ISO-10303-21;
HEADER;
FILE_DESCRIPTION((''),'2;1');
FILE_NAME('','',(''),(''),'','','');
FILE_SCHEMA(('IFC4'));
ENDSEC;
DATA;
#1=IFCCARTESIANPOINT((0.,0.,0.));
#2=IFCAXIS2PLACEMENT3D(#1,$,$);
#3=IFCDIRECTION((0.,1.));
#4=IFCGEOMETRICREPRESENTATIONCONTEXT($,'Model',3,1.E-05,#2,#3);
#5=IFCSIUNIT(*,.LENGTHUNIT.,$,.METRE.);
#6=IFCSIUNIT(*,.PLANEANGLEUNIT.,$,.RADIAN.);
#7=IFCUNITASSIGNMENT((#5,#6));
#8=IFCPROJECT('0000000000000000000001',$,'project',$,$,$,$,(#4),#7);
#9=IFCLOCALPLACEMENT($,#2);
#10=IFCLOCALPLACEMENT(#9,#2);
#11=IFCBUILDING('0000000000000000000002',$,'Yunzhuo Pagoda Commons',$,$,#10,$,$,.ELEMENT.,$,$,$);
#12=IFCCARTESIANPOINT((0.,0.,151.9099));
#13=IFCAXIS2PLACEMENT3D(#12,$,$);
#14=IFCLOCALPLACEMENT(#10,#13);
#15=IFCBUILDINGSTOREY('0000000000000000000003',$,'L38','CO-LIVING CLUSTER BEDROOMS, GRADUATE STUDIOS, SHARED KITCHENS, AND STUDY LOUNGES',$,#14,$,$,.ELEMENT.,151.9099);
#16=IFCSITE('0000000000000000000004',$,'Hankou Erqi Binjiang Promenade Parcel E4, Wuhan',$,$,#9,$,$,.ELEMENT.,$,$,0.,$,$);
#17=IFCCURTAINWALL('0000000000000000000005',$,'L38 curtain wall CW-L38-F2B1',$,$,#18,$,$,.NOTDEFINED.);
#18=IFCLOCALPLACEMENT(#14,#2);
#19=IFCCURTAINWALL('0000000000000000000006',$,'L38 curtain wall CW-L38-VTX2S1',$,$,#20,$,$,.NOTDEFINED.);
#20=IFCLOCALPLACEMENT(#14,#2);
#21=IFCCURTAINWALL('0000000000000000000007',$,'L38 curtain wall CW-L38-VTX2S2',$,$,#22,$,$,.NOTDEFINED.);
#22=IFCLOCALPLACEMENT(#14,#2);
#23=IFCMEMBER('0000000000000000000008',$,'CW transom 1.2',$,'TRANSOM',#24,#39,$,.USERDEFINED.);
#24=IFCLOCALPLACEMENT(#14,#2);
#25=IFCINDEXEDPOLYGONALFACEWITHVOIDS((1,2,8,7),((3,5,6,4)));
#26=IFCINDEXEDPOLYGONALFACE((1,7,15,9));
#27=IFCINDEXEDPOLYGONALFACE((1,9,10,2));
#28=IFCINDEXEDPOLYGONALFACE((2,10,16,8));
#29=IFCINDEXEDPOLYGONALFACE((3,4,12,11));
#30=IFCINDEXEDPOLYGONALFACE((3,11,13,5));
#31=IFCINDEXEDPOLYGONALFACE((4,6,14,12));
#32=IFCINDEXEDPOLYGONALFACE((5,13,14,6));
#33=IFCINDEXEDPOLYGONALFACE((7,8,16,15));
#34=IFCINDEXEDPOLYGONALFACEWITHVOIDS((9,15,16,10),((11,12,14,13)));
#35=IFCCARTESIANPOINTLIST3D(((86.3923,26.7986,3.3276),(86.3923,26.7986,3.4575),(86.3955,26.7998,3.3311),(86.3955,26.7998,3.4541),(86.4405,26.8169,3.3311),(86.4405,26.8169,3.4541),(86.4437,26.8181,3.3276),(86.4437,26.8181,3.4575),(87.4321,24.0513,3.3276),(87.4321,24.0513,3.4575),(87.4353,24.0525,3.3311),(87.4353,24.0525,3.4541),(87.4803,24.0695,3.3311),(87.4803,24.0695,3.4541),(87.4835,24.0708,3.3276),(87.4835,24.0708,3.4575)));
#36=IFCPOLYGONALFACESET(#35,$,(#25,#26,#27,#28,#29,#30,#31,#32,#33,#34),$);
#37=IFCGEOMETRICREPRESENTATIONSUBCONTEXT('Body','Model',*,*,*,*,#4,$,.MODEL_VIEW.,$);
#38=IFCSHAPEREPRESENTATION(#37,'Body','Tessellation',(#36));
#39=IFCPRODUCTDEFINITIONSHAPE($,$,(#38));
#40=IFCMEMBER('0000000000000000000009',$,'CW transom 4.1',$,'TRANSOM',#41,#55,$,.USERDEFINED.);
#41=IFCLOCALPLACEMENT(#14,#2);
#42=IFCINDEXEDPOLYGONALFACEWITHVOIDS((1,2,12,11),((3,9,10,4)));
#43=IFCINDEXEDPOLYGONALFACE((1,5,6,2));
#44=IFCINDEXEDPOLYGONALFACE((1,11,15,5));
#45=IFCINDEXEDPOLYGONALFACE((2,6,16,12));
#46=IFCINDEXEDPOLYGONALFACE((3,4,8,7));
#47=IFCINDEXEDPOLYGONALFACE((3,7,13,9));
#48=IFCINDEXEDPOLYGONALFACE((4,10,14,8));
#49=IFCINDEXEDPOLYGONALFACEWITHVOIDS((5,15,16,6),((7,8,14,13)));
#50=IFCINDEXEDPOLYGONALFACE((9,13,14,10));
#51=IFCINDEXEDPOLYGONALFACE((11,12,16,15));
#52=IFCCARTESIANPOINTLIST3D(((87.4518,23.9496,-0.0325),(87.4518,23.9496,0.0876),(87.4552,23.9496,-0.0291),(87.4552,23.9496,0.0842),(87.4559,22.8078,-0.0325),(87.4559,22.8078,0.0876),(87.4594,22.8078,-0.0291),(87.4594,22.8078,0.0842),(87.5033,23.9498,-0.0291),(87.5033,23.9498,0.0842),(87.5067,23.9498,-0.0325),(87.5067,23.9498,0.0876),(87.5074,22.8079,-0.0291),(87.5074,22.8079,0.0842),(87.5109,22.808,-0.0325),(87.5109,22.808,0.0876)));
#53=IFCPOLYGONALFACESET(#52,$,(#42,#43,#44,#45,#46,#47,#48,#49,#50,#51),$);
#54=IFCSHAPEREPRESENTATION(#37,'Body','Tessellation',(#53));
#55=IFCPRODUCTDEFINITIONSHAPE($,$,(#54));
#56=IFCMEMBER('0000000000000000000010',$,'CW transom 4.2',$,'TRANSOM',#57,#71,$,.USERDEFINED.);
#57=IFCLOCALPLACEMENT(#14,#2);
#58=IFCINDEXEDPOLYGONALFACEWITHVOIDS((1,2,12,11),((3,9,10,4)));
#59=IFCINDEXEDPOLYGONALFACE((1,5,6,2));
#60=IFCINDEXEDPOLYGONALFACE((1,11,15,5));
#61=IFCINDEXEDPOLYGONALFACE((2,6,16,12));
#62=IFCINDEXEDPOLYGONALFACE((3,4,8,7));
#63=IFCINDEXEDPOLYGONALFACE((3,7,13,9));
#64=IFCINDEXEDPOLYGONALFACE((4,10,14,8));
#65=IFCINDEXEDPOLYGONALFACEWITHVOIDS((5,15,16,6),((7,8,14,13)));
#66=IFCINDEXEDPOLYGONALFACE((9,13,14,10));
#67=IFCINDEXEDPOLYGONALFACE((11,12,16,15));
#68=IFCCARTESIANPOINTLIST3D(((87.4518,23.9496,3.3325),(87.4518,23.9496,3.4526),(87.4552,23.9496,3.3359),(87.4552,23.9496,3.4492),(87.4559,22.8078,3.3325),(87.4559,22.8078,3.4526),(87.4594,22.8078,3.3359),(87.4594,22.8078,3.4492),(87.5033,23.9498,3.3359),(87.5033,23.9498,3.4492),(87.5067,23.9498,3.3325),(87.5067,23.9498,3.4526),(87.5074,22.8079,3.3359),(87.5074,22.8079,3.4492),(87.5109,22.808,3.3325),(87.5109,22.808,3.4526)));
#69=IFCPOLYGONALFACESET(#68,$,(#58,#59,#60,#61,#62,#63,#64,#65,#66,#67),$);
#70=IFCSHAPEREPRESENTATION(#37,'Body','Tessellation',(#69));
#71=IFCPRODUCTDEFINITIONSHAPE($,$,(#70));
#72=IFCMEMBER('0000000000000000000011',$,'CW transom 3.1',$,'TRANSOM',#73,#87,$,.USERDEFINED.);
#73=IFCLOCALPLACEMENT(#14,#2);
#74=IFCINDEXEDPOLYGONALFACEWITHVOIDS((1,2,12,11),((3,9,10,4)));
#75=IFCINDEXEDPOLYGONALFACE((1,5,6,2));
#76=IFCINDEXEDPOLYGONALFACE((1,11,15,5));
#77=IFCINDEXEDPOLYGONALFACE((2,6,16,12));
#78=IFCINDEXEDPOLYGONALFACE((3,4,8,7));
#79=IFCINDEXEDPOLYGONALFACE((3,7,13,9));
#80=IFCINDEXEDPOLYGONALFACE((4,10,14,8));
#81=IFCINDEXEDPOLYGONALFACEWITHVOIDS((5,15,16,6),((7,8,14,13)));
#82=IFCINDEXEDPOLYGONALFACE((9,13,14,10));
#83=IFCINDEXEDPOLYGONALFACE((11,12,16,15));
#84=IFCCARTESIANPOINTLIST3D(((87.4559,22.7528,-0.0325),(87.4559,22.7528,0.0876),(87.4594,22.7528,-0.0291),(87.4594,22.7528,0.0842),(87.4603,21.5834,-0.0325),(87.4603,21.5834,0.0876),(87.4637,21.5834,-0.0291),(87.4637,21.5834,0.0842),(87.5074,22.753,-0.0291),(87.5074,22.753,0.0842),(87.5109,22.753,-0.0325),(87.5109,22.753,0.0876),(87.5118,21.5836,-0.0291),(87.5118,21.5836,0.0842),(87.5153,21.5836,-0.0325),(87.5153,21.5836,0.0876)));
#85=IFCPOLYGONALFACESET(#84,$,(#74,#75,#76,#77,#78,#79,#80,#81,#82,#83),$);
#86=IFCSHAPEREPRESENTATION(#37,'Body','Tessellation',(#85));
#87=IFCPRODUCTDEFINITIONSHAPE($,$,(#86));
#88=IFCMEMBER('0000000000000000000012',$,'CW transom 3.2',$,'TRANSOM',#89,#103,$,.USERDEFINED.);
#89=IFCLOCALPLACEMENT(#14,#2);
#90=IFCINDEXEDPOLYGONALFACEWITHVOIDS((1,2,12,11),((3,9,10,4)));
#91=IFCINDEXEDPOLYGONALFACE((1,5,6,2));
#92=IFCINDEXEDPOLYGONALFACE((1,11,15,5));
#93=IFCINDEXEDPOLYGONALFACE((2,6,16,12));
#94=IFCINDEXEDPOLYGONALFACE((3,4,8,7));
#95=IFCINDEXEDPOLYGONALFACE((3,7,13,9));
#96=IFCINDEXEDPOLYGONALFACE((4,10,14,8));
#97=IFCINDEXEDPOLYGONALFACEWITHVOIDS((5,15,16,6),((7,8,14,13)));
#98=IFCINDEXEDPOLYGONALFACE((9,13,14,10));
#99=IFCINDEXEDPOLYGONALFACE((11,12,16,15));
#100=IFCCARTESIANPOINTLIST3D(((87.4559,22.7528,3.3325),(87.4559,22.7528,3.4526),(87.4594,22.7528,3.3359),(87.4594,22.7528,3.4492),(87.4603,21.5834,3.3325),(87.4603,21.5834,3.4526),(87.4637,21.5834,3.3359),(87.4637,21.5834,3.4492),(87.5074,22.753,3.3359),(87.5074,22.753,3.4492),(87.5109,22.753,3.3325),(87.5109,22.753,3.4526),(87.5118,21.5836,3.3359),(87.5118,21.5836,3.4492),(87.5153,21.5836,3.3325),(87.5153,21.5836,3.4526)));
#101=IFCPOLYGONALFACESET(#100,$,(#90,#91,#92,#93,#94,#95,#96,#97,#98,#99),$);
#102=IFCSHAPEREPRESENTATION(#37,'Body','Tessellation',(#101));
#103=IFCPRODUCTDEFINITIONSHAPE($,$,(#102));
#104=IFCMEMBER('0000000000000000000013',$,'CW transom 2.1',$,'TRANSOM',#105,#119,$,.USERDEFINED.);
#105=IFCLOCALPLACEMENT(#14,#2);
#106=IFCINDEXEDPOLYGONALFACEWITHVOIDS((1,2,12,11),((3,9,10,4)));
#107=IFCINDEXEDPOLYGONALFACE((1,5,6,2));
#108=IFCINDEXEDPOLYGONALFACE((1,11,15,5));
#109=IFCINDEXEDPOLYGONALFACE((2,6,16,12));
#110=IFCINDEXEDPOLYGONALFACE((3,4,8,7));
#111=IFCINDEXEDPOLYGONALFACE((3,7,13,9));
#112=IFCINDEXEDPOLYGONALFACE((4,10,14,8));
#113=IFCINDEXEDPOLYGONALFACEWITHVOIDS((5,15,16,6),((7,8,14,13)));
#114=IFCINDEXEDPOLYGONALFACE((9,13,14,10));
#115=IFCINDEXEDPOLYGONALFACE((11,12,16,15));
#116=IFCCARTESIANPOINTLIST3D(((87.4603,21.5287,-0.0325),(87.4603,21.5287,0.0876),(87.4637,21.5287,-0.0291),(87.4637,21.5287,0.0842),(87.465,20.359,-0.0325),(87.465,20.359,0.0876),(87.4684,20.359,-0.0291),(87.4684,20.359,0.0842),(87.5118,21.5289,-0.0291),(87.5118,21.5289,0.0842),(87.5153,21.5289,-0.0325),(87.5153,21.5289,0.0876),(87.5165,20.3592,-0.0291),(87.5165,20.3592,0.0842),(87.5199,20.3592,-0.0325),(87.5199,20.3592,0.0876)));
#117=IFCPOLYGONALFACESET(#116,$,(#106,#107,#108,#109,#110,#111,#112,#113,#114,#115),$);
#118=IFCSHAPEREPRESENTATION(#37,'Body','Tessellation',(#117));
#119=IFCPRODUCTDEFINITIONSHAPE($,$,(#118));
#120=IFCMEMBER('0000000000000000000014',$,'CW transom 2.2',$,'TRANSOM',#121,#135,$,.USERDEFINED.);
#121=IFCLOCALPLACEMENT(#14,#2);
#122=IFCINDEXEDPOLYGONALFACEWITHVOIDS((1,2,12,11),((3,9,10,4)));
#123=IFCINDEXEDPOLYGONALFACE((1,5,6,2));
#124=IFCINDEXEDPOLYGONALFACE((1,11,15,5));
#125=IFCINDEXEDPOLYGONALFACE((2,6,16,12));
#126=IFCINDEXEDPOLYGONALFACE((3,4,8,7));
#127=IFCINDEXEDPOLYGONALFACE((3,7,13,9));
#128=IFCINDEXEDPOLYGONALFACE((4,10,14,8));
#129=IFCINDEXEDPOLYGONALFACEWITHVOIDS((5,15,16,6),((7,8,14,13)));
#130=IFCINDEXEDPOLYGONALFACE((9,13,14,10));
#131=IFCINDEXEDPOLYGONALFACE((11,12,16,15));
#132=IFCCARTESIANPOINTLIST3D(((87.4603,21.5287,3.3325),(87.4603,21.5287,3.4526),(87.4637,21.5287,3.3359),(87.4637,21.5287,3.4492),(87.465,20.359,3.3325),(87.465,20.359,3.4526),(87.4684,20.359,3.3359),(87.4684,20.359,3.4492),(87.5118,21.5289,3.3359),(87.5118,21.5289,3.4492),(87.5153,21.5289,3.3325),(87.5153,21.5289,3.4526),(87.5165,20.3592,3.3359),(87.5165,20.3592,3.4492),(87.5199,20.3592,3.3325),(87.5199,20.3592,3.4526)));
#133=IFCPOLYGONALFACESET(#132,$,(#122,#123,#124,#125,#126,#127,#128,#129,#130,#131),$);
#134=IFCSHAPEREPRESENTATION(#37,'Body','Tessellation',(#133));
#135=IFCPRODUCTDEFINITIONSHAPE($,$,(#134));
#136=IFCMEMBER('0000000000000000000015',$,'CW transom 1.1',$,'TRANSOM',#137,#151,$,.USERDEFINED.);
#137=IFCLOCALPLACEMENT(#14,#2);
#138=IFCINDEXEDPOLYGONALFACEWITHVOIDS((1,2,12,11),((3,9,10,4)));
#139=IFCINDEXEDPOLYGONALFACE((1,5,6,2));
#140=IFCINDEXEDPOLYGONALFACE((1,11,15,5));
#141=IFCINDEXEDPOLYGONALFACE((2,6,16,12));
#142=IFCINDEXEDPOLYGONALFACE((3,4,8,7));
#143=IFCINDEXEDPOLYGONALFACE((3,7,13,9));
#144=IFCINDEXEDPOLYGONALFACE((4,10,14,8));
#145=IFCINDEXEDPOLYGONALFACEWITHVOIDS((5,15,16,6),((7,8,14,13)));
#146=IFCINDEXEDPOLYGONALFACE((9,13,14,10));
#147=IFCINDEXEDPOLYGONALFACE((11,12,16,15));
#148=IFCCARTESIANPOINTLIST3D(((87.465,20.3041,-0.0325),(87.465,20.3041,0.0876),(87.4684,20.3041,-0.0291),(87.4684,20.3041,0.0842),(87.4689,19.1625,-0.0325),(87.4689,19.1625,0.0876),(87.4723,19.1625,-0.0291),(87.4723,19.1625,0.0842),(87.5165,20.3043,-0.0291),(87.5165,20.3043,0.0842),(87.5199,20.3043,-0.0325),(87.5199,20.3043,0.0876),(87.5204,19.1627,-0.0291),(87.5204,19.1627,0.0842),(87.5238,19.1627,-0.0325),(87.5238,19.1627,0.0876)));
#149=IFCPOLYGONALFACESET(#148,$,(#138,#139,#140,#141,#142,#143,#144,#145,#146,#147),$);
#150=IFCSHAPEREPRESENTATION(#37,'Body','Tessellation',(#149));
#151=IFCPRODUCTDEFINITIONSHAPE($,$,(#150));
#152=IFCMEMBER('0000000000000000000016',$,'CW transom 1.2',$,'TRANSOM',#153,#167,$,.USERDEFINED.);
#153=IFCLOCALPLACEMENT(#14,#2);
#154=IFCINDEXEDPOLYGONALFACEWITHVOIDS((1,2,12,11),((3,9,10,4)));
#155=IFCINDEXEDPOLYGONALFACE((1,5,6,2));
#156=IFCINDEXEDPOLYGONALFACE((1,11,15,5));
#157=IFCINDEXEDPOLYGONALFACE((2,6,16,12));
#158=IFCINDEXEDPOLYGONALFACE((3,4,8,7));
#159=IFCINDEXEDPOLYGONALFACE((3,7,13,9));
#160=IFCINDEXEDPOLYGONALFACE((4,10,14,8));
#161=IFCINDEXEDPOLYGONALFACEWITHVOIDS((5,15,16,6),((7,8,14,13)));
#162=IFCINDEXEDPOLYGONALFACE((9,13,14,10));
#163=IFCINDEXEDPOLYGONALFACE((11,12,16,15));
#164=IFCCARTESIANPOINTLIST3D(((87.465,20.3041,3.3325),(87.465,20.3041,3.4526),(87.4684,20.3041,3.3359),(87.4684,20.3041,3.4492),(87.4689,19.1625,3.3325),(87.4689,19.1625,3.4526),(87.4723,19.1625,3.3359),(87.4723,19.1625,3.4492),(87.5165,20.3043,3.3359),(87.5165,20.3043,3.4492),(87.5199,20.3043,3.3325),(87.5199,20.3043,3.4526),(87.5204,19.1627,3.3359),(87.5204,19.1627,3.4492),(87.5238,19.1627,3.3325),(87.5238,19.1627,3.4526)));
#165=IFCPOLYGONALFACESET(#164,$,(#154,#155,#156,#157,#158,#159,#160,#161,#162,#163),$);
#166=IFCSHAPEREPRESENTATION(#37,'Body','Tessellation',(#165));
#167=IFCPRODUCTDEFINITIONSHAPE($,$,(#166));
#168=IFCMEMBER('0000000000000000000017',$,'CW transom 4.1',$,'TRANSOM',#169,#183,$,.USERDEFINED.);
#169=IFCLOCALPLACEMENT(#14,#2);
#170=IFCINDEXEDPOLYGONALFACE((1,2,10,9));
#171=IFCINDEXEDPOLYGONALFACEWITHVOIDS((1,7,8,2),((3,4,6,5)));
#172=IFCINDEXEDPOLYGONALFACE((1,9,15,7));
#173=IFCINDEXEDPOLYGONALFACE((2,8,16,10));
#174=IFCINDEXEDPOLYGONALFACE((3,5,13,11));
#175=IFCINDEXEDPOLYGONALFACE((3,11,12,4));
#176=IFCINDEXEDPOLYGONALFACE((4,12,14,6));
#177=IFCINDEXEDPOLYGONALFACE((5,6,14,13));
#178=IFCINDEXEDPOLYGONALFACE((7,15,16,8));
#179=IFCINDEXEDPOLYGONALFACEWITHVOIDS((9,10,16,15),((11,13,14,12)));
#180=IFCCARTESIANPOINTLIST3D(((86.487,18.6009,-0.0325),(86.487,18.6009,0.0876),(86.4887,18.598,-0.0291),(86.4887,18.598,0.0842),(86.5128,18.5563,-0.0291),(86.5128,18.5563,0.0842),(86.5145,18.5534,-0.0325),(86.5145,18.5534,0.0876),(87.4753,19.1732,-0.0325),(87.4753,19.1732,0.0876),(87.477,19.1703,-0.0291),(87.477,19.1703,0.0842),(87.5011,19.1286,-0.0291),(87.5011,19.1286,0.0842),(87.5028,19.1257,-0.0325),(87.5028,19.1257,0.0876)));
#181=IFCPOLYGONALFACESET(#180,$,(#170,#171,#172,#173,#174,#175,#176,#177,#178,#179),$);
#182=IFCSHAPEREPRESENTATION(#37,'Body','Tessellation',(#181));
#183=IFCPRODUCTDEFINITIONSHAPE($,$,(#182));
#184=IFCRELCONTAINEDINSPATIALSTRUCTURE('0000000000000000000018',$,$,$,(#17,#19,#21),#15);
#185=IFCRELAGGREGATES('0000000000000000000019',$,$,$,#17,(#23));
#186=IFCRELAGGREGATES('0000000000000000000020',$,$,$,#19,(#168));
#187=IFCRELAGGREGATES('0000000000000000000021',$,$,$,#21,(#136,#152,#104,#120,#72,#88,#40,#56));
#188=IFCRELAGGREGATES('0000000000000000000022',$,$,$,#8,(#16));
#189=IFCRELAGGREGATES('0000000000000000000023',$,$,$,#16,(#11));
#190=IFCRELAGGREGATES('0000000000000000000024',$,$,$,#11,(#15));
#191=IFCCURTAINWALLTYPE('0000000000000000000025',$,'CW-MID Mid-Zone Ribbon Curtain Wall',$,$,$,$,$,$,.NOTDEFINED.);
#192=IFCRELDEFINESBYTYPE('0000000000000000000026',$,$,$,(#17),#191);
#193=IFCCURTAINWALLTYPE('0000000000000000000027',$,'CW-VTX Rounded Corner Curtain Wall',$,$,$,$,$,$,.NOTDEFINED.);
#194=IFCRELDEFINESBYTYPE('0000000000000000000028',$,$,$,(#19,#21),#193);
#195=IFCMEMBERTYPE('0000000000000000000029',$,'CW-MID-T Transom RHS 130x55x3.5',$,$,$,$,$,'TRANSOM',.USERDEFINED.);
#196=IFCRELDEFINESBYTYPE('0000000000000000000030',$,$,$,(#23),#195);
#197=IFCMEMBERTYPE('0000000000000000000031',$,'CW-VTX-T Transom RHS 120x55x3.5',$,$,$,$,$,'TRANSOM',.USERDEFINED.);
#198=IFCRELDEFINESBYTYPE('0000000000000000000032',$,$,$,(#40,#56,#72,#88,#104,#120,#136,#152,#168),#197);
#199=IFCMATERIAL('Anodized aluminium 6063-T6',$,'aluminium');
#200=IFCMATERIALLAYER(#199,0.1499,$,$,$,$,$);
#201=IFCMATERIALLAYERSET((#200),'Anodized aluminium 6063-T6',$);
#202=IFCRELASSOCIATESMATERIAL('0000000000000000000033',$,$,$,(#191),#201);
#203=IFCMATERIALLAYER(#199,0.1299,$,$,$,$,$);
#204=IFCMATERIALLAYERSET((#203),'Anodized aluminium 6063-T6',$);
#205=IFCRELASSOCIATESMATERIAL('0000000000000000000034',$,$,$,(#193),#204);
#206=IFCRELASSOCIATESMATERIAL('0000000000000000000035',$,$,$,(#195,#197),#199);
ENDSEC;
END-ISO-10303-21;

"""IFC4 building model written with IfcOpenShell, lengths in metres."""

from ifc_helpers import new_model, si_unit, direction, frame, origin, origin_2d, place, context, subcontext, project, spatial, hollow_rectangle, extrude, source, transform, mapped, material, layer, layer_set, material_profile, profile_set, type_object, element, aggregate, save


model = new_model("IFC4")

# Units and contexts
model_context = context("Model", 3, precision=1e-05, world=origin(), true_north=direction((0.0, 1.0)))
body_context = subcontext(model_context, "Body", "Model", "MODEL_VIEW")
ifc_project = project(units=[si_unit("LENGTHUNIT", "METRE"), si_unit("PLANEANGLEUNIT", "RADIAN")], contexts=[model_context])

# Site, building, storey
site_placement = place(None, origin())
site = spatial("IfcSite", under=ifc_project, at=site_placement, Name="Hankou Erqi Binjiang Promenade Parcel E4, Wuhan", CompositionType="ELEMENT", RefElevation=0.0)
building_placement = place(site_placement, origin())
building = spatial("IfcBuilding", under=site, at=building_placement, Name="Yunzhuo Pagoda Commons", CompositionType="ELEMENT")
storey_placement = place(building_placement, frame((0.0, 0.0, 151.9099)))
storey = spatial("IfcBuildingStorey", under=building, at=storey_placement, Name="L38", Description="CO-LIVING CLUSTER BEDROOMS, GRADUATE STUDIOS, SHARED KITCHENS, AND STUDY LOUNGES", CompositionType="ELEMENT", Elevation=151.9099)

# Shared definitions
ifc_material_1 = material(Name="Anodized aluminium 6063-T6", Category="aluminium")
ifc_layer_1 = layer(ifc_material_1, 0.1499)
ifc_layer_set_1 = layer_set([ifc_layer_1], Name="Anodized aluminium 6063-T6")
curtain_wall_type_1 = type_object("IfcCurtainWallType", Name="CW-MID Mid-Zone Ribbon Curtain Wall", PredefinedType="NOTDEFINED", material=ifc_layer_set_1)

# Curtain wall
curtain_wall_1_placement = place(storey_placement, origin())
curtain_wall_1 = element("IfcCurtainWall", 1, at=curtain_wall_1_placement, inside=storey, type_object=curtain_wall_type_1, Name="L38 curtain wall CW-L38-F2B1", PredefinedType="NOTDEFINED")

# Curtain wall
ifc_layer_2 = layer(ifc_material_1, 0.1299)
ifc_layer_set_2 = layer_set([ifc_layer_2], Name="Anodized aluminium 6063-T6")
curtain_wall_type_2 = type_object("IfcCurtainWallType", Name="CW-VTX Rounded Corner Curtain Wall", PredefinedType="NOTDEFINED", material=ifc_layer_set_2)
curtain_wall_2_placement = place(storey_placement, origin())
curtain_wall_2 = element("IfcCurtainWall", 2, at=curtain_wall_2_placement, inside=storey, type_object=curtain_wall_type_2, Name="L38 curtain wall CW-L38-VTX2S1", PredefinedType="NOTDEFINED")

# Curtain wall
curtain_wall_3_placement = place(storey_placement, origin())
curtain_wall_3 = element("IfcCurtainWall", 3, at=curtain_wall_3_placement, inside=storey, type_object=curtain_wall_type_2, Name="L38 curtain wall CW-L38-VTX2S2", PredefinedType="NOTDEFINED")

# Members
ifc_material_profile_1 = material_profile(ifc_material_1, hollow_rectangle(XDim=0.0549, YDim=0.1299, WallThickness=0.0034, at=origin_2d()), Name="Anodized aluminium 6063-T6")
ifc_profile_set_1 = profile_set([ifc_material_profile_1], Name="Anodized aluminium 6063-T6")
member_type_1 = type_object("IfcMemberType", Name="CW-MID-T Transom RHS 130x55x3.5", ElementType="TRANSOM", PredefinedType="USERDEFINED", material=ifc_profile_set_1)
shared_shape_1 = source(origin(), body_context, "Body", "SweptSolid", [
    extrude(hollow_rectangle(XDim=0.0549, YDim=0.1299, WallThickness=0.0034, at=origin_2d()), origin(), (0.0, 0.0, 1.0), 2.9375),
])
member_1_placement = place(storey_placement, frame((87.4578, 24.061, 3.3926), z_axis=(-0.353973, 0.935256, 0.0), x_axis=(-0.935256, -0.353973, 0.0)))
member_1 = element("IfcMember", 4, at=member_1_placement, type_object=member_type_1, Name="CW transom 1.2", ObjectType="TRANSOM", PredefinedType="USERDEFINED", context=body_context, shape_type="MappedRepresentation", body=[
    mapped(shared_shape_1, transform((0.0, 0.0, 0.0), scale=1.0)),
])
ifc_material_profile_2 = material_profile(ifc_material_1, hollow_rectangle(XDim=0.0549, YDim=0.1201, WallThickness=0.0034, at=origin_2d()), Name="Anodized aluminium 6063-T6")
ifc_profile_set_2 = profile_set([ifc_material_profile_2], Name="Anodized aluminium 6063-T6")
member_type_2 = type_object("IfcMemberType", Name="CW-VTX-T Transom RHS 120x55x3.5", ElementType="TRANSOM", PredefinedType="USERDEFINED", material=ifc_profile_set_2)
shared_shape_2 = source(origin(), body_context, "Body", "SweptSolid", [
    extrude(hollow_rectangle(XDim=0.0549, YDim=0.1201, WallThickness=0.0034, at=origin_2d()), origin(), (0.0, 0.0, 1.0), 1.1418),
])
member_2_placement = place(storey_placement, frame((87.4834, 22.8079, 0.0276), z_axis=(-0.003635, 0.999993, 0.0), x_axis=(-0.999993, -0.003635, 0.0)))
member_2 = element("IfcMember", 5, at=member_2_placement, type_object=member_type_2, Name="CW transom 4.1", ObjectType="TRANSOM", PredefinedType="USERDEFINED", context=body_context, shape_type="MappedRepresentation", body=[
    mapped(shared_shape_2, transform((0.0, 0.0, 0.0), scale=1.0)),
])
member_3_placement = place(storey_placement, frame((87.4834, 22.8079, 3.3926), z_axis=(-0.003635, 0.999993, 0.0), x_axis=(-0.999993, -0.003635, 0.0)))
member_3 = element("IfcMember", 6, at=member_3_placement, type_object=member_type_2, Name="CW transom 4.2", ObjectType="TRANSOM", PredefinedType="USERDEFINED", context=body_context, shape_type="MappedRepresentation", body=[
    mapped(shared_shape_2, transform((0.0, 0.0, 0.0), scale=1.0)),
])
shared_shape_3 = source(origin(), body_context, "Body", "SweptSolid", [
    extrude(hollow_rectangle(XDim=0.0549, YDim=0.1201, WallThickness=0.0034, at=origin_2d()), origin(), (0.0, 0.0, 1.0), 1.1694),
])
member_4_placement = place(storey_placement, frame((87.4878, 21.5835, 0.0276), z_axis=(-0.003758, 0.999993, 0.0), x_axis=(-0.999993, -0.003758, 0.0)))
member_4 = element("IfcMember", 7, at=member_4_placement, type_object=member_type_2, Name="CW transom 3.1", ObjectType="TRANSOM", PredefinedType="USERDEFINED", context=body_context, shape_type="MappedRepresentation", body=[
    mapped(shared_shape_3, transform((0.0, 0.0, 0.0), scale=1.0)),
])
member_5_placement = place(storey_placement, frame((87.4878, 21.5835, 3.3926), z_axis=(-0.003758, 0.999993, 0.0), x_axis=(-0.999993, -0.003758, 0.0)))
member_5 = element("IfcMember", 8, at=member_5_placement, type_object=member_type_2, Name="CW transom 3.2", ObjectType="TRANSOM", PredefinedType="USERDEFINED", context=body_context, shape_type="MappedRepresentation", body=[
    mapped(shared_shape_3, transform((0.0, 0.0, 0.0), scale=1.0)),
])
shared_shape_4 = source(origin(), body_context, "Body", "SweptSolid", [
    extrude(hollow_rectangle(XDim=0.0549, YDim=0.1201, WallThickness=0.0034, at=origin_2d()), origin(), (0.0, 0.0, 1.0), 1.1697),
])
member_6_placement = place(storey_placement, frame((87.4924, 20.3591, 0.0276), z_axis=(-0.003966, 0.999992, 0.0), x_axis=(-0.999992, -0.003966, 0.0)))
member_6 = element("IfcMember", 9, at=member_6_placement, type_object=member_type_2, Name="CW transom 2.1", ObjectType="TRANSOM", PredefinedType="USERDEFINED", context=body_context, shape_type="MappedRepresentation", body=[
    mapped(shared_shape_4, transform((0.0, 0.0, 0.0), scale=1.0)),
])
member_7_placement = place(storey_placement, frame((87.4924, 20.3591, 3.3926), z_axis=(-0.003966, 0.999992, 0.0), x_axis=(-0.999992, -0.003966, 0.0)))
member_7 = element("IfcMember", 10, at=member_7_placement, type_object=member_type_2, Name="CW transom 2.2", ObjectType="TRANSOM", PredefinedType="USERDEFINED", context=body_context, shape_type="MappedRepresentation", body=[
    mapped(shared_shape_4, transform((0.0, 0.0, 0.0), scale=1.0)),
])
shared_shape_5 = source(origin(), body_context, "Body", "SweptSolid", [
    extrude(hollow_rectangle(XDim=0.0549, YDim=0.1201, WallThickness=0.0034, at=origin_2d()), origin(), (0.0, 0.0, 1.0), 1.1416),
])
member_8_placement = place(storey_placement, frame((87.4963, 19.1626, 0.0276), z_axis=(-0.003422, 0.999994, 0.0), x_axis=(-0.999994, -0.003422, 0.0)))
member_8 = element("IfcMember", 11, at=member_8_placement, type_object=member_type_2, Name="CW transom 1.1", ObjectType="TRANSOM", PredefinedType="USERDEFINED", context=body_context, shape_type="MappedRepresentation", body=[
    mapped(shared_shape_5, transform((0.0, 0.0, 0.0), scale=1.0)),
])
member_9_placement = place(storey_placement, frame((87.4963, 19.1626, 3.3926), z_axis=(-0.003422, 0.999994, 0.0), x_axis=(-0.999994, -0.003422, 0.0)))
member_9 = element("IfcMember", 12, at=member_9_placement, type_object=member_type_2, Name="CW transom 1.2", ObjectType="TRANSOM", PredefinedType="USERDEFINED", context=body_context, shape_type="MappedRepresentation", body=[
    mapped(shared_shape_5, transform((0.0, 0.0, 0.0), scale=1.0)),
])
shared_shape_6 = source(origin(), body_context, "Body", "SweptSolid", [
    extrude(hollow_rectangle(XDim=0.0549, YDim=0.1201, WallThickness=0.0034, at=origin_2d()), origin(), (0.0, 0.0, 1.0), 1.1421),
])
member_10_placement = place(storey_placement, frame((86.5007, 18.5771, 0.0276), z_axis=(0.865387, 0.501104, 0.0), x_axis=(-0.501104, 0.865387, 0.0)))
member_10 = element("IfcMember", 13, at=member_10_placement, type_object=member_type_2, Name="CW transom 4.1", ObjectType="TRANSOM", PredefinedType="USERDEFINED", context=body_context, shape_type="MappedRepresentation", body=[
    mapped(shared_shape_6, transform((0.0, 0.0, 0.0), scale=1.0)),
])

aggregate(curtain_wall_1, [member_1])
aggregate(curtain_wall_2, [member_10])
aggregate(curtain_wall_3, [member_8, member_9, member_6, member_7, member_4, member_5, member_2, member_3])

save(model, "model.ifc")
